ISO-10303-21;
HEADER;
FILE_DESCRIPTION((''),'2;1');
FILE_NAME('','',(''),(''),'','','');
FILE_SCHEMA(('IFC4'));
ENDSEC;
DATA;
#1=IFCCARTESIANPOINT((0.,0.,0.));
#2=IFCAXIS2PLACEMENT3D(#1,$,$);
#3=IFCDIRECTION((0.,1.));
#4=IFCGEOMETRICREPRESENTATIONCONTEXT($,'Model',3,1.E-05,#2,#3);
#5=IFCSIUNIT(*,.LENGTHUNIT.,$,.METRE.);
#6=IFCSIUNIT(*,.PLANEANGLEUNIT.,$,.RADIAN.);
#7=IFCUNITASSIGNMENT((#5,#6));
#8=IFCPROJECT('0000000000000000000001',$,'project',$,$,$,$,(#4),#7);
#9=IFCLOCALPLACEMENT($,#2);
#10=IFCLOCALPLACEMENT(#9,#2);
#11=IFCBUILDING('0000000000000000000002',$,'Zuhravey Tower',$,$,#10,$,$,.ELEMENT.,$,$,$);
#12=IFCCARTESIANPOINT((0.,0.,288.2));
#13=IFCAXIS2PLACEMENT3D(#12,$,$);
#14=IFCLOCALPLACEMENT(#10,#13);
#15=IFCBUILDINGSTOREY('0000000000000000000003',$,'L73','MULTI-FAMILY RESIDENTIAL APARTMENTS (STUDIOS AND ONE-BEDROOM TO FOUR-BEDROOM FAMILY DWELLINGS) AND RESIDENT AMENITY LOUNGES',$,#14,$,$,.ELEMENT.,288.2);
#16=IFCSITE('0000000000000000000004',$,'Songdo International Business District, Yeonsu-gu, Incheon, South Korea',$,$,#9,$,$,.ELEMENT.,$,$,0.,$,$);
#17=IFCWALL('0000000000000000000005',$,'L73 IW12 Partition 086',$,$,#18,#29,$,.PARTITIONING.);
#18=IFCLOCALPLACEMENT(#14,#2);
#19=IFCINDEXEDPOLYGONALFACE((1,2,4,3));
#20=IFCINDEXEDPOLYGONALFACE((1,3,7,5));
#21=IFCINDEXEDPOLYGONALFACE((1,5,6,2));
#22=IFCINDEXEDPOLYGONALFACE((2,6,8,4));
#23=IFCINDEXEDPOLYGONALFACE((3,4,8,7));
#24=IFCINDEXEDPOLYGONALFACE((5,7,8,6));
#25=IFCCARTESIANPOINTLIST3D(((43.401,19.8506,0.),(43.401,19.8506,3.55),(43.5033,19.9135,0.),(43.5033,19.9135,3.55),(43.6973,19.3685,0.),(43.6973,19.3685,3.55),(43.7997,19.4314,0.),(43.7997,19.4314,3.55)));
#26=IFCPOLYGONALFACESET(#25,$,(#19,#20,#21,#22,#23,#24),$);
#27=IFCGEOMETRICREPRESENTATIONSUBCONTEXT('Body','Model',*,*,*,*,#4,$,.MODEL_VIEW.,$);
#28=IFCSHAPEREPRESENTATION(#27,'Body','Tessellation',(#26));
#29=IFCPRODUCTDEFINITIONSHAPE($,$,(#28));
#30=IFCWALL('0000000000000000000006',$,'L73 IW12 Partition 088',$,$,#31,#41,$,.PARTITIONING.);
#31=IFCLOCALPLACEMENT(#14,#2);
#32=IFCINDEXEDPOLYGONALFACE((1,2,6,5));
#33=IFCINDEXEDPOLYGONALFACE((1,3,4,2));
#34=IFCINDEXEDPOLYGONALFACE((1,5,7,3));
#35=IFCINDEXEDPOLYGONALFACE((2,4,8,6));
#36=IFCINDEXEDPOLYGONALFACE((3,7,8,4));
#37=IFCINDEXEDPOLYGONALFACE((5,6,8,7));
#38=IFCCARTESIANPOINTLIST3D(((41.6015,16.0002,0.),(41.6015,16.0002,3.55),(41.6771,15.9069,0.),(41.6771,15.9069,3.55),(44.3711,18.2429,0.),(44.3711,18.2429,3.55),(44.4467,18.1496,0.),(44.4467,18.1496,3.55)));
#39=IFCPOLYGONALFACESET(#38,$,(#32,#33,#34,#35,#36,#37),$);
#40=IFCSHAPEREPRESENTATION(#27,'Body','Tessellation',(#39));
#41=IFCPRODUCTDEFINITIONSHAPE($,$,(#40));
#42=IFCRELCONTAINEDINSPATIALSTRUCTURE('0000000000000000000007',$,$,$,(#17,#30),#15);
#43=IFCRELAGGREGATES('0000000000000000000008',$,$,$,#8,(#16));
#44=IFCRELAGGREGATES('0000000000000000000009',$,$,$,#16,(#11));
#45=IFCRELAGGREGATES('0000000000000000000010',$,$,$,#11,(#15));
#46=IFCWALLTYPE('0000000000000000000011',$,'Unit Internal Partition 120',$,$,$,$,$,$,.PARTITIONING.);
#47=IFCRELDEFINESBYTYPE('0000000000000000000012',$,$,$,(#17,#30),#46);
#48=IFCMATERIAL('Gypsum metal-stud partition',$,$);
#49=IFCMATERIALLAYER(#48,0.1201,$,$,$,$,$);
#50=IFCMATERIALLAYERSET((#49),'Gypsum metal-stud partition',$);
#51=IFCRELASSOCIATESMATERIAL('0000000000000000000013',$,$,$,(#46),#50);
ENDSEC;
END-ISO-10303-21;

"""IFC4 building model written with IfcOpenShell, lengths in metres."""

from ifc_helpers import new_model, si_unit, direction, frame, frame_2d, origin, place, context, subcontext, project, spatial, rectangle, extrude, material, layer, layer_set, type_object, element, save


model = new_model("IFC4")

# Units and contexts
model_context = context("Model", 3, precision=1e-05, world=origin(), true_north=direction((0.0, 1.0)))
body_context = subcontext(model_context, "Body", "Model", "MODEL_VIEW")
ifc_project = project(units=[si_unit("LENGTHUNIT", "METRE"), si_unit("PLANEANGLEUNIT", "RADIAN")], contexts=[model_context])

# Site, building, storey
site_placement = place(None, origin())
site = spatial("IfcSite", under=ifc_project, at=site_placement, Name="Songdo International Business District, Yeonsu-gu, Incheon, South Korea", CompositionType="ELEMENT", RefElevation=0.0)
building_placement = place(site_placement, origin())
building = spatial("IfcBuilding", under=site, at=building_placement, Name="Zuhravey Tower", CompositionType="ELEMENT")
storey_placement = place(building_placement, frame((0.0, 0.0, 288.2)))
storey = spatial("IfcBuildingStorey", under=building, at=storey_placement, Name="L73", Description="MULTI-FAMILY RESIDENTIAL APARTMENTS (STUDIOS AND ONE-BEDROOM TO FOUR-BEDROOM FAMILY DWELLINGS) AND RESIDENT AMENITY LOUNGES", CompositionType="ELEMENT", Elevation=288.2)

# Shared definitions
ifc_material_1 = material(Name="Gypsum metal-stud partition")
ifc_layer_1 = layer(ifc_material_1, 0.1201)
ifc_layer_set_1 = layer_set([ifc_layer_1], Name="Gypsum metal-stud partition")
wall_type_1 = type_object("IfcWallType", Name="Unit Internal Partition 120", PredefinedType="PARTITIONING", material=ifc_layer_set_1)

# Walls
wall_1_placement = place(storey_placement, frame((43.4521, 19.8821, 0.0), z_axis=(0.0, 0.0, 1.0), x_axis=(0.523664, -0.851925, 0.0)))
element("IfcWall", 1, at=wall_1_placement, inside=storey, type_object=wall_type_1, Name="L73 IW12 Partition 086", PredefinedType="PARTITIONING", context=body_context, shape_type="SweptSolid", body=[
    extrude(rectangle(XDim=0.5659, YDim=0.1201, at=frame_2d((0.283, 0.0))), origin(), (0.0, 0.0, 1.0), 3.55),
])
wall_2_placement = place(storey_placement, frame((41.6394, 15.9536, 0.0), z_axis=(0.0, 0.0, 1.0), x_axis=(0.777152, 0.629313, 0.0)))
element("IfcWall", 2, at=wall_2_placement, inside=storey, type_object=wall_type_1, Name="L73 IW12 Partition 088", PredefinedType="PARTITIONING", context=body_context, shape_type="SweptSolid", body=[
    extrude(rectangle(XDim=3.5637, YDim=0.1201, at=frame_2d((1.7817, 0.0))), origin(), (0.0, 0.0, 1.0), 3.55),
])

save(model, "model.ifc")
